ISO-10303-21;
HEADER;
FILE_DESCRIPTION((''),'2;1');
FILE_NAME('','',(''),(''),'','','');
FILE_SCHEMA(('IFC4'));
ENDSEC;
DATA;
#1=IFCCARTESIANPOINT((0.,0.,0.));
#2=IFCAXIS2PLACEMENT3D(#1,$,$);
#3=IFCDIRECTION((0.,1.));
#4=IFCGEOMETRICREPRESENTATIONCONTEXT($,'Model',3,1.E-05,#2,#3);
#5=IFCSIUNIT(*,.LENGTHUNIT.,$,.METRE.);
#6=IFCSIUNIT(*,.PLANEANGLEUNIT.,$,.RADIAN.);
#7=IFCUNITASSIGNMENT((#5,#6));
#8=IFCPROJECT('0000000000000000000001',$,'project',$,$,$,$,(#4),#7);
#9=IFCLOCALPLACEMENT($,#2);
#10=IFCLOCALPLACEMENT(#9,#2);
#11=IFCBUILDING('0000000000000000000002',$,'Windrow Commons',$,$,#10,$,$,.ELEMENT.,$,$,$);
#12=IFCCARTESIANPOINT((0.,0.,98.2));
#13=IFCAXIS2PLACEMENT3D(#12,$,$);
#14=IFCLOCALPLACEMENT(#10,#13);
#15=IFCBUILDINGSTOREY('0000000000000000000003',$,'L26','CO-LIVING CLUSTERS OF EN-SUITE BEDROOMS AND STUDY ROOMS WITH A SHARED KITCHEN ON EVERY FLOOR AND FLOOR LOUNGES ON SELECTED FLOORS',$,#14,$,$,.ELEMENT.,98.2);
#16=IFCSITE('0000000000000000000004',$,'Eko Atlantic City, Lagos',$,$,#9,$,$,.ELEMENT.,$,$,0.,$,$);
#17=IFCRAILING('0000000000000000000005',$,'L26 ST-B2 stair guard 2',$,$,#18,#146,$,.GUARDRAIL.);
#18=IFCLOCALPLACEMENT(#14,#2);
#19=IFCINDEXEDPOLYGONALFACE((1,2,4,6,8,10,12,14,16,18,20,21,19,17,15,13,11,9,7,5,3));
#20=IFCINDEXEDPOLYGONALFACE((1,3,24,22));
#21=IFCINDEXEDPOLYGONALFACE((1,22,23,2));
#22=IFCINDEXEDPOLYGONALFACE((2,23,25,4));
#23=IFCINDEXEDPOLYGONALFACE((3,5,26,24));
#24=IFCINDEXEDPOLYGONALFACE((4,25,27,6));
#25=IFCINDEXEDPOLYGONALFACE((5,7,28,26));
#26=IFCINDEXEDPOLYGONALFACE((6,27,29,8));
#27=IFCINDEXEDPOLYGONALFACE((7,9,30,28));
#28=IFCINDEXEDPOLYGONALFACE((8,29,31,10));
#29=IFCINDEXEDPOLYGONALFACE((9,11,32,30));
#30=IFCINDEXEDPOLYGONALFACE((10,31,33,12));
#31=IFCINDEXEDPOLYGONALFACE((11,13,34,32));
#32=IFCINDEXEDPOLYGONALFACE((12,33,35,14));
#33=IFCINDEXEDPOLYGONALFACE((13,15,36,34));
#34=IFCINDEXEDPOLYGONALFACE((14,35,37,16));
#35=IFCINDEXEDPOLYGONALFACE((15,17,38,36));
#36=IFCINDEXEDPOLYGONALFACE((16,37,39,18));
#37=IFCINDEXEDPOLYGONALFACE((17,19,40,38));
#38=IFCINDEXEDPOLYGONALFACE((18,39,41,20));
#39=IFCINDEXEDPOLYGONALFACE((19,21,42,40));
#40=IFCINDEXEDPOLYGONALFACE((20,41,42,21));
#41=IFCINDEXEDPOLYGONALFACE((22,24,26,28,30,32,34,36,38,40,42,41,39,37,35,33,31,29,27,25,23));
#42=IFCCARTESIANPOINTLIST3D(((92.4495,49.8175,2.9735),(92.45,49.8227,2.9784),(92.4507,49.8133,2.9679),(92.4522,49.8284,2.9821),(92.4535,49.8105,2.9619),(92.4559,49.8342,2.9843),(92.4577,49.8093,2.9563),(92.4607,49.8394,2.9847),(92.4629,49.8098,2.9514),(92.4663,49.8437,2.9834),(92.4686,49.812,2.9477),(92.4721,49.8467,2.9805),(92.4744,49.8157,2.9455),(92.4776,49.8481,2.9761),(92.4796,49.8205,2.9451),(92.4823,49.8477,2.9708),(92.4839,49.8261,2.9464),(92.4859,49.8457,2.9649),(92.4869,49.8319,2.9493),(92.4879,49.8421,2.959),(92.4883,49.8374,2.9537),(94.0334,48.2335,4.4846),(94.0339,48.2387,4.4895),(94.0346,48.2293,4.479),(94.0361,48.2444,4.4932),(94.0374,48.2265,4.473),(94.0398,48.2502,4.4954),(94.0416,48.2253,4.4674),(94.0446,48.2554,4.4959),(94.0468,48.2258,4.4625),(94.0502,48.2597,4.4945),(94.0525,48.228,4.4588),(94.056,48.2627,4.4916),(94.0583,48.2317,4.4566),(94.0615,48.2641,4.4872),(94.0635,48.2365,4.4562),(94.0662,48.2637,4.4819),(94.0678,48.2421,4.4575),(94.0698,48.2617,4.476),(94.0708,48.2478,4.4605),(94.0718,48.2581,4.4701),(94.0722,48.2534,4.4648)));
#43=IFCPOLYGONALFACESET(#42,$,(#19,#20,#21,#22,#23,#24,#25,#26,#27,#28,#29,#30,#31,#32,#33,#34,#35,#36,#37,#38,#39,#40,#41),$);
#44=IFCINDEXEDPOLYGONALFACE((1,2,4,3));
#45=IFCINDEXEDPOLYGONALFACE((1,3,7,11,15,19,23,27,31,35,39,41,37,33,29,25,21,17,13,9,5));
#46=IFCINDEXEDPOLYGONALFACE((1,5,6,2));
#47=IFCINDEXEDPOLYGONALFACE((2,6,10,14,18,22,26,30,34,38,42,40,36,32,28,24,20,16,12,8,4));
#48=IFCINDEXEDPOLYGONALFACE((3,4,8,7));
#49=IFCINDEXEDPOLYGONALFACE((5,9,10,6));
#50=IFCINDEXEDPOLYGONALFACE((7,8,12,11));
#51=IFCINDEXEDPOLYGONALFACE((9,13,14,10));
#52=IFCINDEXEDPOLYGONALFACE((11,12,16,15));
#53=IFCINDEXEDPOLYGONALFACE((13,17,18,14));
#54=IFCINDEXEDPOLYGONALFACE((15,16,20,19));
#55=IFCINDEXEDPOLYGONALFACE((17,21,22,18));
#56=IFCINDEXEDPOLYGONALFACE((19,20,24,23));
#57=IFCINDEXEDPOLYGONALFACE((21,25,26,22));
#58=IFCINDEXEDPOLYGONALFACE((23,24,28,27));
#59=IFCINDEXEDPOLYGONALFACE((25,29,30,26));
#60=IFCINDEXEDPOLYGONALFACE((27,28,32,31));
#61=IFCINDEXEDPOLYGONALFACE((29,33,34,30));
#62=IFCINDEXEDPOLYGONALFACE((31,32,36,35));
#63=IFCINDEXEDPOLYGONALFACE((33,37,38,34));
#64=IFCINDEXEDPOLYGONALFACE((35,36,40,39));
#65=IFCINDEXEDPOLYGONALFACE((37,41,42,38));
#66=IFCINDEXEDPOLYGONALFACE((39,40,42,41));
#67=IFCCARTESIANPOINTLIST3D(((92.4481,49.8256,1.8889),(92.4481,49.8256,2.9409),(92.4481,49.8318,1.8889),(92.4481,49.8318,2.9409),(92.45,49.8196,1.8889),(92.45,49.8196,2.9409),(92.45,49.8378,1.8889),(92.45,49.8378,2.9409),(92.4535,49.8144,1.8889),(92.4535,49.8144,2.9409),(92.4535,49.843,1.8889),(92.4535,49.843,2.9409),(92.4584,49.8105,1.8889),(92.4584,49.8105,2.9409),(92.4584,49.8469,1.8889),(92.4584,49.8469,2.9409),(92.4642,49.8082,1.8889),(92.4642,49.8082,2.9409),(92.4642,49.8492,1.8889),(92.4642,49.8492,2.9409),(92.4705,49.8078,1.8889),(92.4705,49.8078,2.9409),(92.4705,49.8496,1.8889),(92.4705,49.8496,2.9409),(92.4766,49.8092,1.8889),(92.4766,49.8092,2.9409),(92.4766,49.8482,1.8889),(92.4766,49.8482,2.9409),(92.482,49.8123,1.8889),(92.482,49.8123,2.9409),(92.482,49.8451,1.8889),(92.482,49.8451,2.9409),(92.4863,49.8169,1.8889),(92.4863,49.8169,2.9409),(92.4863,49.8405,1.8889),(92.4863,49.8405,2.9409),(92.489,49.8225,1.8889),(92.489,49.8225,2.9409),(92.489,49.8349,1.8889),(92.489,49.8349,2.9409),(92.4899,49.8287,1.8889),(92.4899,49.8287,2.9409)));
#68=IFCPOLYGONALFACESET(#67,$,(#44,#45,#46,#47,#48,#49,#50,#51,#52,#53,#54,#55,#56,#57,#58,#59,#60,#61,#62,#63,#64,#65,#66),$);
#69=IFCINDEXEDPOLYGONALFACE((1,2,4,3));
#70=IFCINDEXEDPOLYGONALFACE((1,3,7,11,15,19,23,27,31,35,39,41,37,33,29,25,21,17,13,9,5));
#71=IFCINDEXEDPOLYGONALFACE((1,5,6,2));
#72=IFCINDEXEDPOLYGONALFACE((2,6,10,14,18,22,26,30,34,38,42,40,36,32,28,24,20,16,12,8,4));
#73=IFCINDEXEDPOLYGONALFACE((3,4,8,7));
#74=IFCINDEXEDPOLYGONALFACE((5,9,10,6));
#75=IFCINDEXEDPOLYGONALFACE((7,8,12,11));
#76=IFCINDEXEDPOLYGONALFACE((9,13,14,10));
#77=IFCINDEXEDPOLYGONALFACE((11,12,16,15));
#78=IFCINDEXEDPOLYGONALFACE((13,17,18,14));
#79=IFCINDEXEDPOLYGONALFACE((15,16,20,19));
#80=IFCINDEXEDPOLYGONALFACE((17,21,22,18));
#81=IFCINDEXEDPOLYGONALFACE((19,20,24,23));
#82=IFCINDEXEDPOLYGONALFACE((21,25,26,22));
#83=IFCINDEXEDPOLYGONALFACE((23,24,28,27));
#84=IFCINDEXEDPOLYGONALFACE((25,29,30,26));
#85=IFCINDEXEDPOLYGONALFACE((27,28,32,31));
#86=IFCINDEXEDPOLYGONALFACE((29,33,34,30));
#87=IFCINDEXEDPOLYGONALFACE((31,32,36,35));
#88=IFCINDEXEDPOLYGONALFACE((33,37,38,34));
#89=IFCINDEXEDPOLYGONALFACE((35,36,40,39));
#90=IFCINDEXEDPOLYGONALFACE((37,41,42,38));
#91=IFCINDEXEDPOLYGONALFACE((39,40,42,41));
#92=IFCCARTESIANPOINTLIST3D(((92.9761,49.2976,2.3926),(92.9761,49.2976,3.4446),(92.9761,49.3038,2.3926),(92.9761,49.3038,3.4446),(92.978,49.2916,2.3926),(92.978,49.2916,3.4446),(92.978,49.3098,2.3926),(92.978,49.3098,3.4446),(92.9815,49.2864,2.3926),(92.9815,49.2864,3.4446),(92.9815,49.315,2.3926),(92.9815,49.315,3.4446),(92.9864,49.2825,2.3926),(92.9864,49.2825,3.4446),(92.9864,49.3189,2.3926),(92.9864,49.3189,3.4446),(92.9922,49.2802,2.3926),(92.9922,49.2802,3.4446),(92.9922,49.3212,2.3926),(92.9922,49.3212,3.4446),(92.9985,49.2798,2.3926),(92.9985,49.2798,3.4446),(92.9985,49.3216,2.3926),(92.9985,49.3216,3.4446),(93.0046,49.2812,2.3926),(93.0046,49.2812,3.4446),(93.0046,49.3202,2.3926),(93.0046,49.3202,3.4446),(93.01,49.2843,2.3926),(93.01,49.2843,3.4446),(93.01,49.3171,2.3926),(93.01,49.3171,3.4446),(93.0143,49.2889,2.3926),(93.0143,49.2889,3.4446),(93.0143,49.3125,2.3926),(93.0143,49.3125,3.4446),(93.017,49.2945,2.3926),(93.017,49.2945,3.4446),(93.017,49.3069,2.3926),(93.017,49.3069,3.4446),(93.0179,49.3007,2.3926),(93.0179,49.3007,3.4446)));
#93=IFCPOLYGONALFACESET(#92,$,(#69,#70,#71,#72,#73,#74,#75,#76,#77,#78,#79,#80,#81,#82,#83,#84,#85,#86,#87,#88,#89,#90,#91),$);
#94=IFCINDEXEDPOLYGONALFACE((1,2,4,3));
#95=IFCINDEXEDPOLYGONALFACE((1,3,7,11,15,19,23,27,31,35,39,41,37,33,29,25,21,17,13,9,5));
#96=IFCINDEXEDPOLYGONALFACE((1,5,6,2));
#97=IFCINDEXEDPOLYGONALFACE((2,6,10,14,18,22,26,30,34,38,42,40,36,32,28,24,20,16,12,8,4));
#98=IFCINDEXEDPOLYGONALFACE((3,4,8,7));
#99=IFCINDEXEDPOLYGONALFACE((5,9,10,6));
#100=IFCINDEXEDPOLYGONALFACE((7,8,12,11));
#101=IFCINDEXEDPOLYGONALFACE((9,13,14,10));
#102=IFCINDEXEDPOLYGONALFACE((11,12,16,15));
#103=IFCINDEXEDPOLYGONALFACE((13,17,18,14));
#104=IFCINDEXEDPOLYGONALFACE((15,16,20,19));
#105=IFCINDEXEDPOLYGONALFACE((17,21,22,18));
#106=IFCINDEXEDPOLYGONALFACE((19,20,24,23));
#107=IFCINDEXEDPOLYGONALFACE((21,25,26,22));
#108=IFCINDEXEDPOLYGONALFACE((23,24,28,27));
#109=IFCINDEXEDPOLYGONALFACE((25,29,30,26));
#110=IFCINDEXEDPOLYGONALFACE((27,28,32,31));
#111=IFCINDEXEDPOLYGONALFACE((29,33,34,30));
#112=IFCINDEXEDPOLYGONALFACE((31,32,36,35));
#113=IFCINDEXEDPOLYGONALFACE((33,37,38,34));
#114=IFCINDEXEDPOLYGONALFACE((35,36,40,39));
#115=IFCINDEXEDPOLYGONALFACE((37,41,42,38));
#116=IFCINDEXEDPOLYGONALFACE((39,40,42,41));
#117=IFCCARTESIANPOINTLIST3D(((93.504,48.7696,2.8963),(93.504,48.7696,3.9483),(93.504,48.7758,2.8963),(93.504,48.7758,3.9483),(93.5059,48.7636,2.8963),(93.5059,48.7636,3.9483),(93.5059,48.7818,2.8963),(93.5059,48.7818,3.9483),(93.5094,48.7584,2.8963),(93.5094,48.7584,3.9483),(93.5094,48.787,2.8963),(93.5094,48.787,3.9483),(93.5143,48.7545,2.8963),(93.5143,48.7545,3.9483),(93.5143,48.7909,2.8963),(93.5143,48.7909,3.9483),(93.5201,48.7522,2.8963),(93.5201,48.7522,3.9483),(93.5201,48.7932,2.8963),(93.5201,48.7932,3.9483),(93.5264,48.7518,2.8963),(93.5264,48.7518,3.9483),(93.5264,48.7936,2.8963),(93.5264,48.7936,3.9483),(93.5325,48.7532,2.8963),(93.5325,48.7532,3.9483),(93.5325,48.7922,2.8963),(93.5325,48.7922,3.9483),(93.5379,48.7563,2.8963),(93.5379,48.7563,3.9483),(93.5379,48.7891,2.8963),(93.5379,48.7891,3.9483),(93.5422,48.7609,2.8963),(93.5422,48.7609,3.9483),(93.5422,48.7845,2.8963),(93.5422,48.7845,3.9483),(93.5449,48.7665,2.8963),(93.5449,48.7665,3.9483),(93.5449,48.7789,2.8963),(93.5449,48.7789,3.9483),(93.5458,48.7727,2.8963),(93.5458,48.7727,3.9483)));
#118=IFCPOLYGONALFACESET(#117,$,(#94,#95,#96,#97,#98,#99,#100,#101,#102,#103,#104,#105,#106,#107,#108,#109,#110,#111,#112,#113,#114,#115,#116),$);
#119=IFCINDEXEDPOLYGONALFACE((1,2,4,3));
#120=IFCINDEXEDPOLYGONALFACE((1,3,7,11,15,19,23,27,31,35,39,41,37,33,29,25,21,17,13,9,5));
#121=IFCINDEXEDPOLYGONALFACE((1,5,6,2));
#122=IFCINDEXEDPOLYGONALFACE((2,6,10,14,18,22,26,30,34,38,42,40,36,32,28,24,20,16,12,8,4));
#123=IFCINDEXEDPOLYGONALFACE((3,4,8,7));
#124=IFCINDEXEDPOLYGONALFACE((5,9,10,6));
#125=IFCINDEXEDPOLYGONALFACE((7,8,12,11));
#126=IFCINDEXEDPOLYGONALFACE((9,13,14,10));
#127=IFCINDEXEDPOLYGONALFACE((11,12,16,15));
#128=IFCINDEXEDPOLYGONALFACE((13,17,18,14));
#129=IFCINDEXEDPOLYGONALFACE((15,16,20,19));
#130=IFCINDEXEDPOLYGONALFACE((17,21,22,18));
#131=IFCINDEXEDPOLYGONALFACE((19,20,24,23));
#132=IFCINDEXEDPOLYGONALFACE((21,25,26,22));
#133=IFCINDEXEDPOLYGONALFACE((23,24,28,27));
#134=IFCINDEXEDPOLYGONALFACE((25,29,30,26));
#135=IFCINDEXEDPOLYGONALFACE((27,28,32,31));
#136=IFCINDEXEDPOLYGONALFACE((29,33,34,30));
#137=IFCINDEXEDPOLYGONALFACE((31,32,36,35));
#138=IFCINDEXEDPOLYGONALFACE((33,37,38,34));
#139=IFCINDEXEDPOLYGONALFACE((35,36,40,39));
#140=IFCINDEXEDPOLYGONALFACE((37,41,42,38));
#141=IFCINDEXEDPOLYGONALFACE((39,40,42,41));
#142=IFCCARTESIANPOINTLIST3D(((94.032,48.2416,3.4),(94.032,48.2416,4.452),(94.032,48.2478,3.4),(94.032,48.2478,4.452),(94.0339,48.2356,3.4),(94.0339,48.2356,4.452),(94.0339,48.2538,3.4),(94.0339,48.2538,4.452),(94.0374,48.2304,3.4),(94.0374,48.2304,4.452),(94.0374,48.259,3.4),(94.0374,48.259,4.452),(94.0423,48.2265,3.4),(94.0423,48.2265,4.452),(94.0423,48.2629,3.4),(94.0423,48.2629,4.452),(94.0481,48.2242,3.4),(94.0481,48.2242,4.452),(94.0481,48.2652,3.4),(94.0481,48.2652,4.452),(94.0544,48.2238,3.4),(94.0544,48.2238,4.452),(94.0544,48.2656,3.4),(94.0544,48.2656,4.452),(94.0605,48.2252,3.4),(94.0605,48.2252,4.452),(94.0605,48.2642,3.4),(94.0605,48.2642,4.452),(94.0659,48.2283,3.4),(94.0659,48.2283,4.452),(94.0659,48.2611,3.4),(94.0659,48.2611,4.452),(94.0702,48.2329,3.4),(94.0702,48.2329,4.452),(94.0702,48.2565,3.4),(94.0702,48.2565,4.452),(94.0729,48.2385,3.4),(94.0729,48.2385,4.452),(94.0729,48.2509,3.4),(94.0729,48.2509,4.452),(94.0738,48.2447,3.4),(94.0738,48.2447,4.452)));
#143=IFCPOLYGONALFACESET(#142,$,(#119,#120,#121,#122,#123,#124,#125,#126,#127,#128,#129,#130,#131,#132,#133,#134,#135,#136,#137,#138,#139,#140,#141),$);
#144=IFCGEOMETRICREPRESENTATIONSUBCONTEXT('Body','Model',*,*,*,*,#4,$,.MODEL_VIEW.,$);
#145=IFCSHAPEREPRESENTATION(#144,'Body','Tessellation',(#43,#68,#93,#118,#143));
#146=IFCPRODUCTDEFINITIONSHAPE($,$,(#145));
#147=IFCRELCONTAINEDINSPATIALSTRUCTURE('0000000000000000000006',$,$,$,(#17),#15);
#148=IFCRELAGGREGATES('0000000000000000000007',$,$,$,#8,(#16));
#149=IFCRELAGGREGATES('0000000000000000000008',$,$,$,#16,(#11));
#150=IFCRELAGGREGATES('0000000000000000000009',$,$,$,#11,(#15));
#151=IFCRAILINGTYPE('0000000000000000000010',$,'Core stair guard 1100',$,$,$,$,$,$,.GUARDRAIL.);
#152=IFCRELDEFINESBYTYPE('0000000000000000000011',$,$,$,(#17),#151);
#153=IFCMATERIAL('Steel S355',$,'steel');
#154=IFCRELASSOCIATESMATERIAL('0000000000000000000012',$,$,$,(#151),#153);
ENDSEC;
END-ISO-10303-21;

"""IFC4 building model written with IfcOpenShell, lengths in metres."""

from ifc_helpers import new_model, si_unit, direction, frame, origin, origin_2d, place, context, subcontext, project, spatial, circle, extrude, material, type_object, element, save


model = new_model("IFC4")

# Units and contexts
model_context = context("Model", 3, precision=1e-05, world=origin(), true_north=direction((0.0, 1.0)))
body_context = subcontext(model_context, "Body", "Model", "MODEL_VIEW")
ifc_project = project(units=[si_unit("LENGTHUNIT", "METRE"), si_unit("PLANEANGLEUNIT", "RADIAN")], contexts=[model_context])

# Site, building, storey
site_placement = place(None, origin())
site = spatial("IfcSite", under=ifc_project, at=site_placement, Name="Eko Atlantic City, Lagos", CompositionType="ELEMENT", RefElevation=0.0)
building_placement = place(site_placement, origin())
building = spatial("IfcBuilding", under=site, at=building_placement, Name="Windrow Commons", CompositionType="ELEMENT")
storey_placement = place(building_placement, frame((0.0, 0.0, 98.2)))
storey = spatial("IfcBuildingStorey", under=building, at=storey_placement, Name="L26", Description="CO-LIVING CLUSTERS OF EN-SUITE BEDROOMS AND STUDY ROOMS WITH A SHARED KITCHEN ON EVERY FLOOR AND FLOOR LOUNGES ON SELECTED FLOORS", CompositionType="ELEMENT", Elevation=98.2)

# Railing
ifc_material_1 = material(Name="Steel S355", Category="steel")
railing_type_1 = type_object("IfcRailingType", Name="Core stair guard 1100", PredefinedType="GUARDRAIL", material=ifc_material_1)
railing_1_placement = place(storey_placement, frame((92.4689, 49.8287, 1.8889)))
element("IfcRailing", 1, at=railing_1_placement, inside=storey, type_object=railing_type_1, Name="L26 ST-B2 stair guard 2", PredefinedType="GUARDRAIL", context=body_context, shape_type="SweptSolid", body=[
    extrude(circle(Radius=0.024, at=origin_2d()), frame((0.0, 0.0, 1.076), z_axis=(0.586179, -0.586216, 0.559237), x_axis=(0.707129, 0.707084, 0.0)), (0.0, 0.0, 1.0), 2.7021),
    extrude(circle(Radius=0.021, at=origin_2d()), origin(), (0.0, 0.0, 1.0), 1.052),
    extrude(circle(Radius=0.021, at=origin_2d()), frame((0.528, -0.528, 0.5037)), (0.0, 0.0, 1.0), 1.052),
    extrude(circle(Radius=0.021, at=origin_2d()), frame((1.0559, -1.056, 1.0074)), (0.0, 0.0, 1.0), 1.052),
    extrude(circle(Radius=0.021, at=origin_2d()), frame((1.5839, -1.584, 1.5111)), (0.0, 0.0, 1.0), 1.052),
])

save(model, "model.ifc")
